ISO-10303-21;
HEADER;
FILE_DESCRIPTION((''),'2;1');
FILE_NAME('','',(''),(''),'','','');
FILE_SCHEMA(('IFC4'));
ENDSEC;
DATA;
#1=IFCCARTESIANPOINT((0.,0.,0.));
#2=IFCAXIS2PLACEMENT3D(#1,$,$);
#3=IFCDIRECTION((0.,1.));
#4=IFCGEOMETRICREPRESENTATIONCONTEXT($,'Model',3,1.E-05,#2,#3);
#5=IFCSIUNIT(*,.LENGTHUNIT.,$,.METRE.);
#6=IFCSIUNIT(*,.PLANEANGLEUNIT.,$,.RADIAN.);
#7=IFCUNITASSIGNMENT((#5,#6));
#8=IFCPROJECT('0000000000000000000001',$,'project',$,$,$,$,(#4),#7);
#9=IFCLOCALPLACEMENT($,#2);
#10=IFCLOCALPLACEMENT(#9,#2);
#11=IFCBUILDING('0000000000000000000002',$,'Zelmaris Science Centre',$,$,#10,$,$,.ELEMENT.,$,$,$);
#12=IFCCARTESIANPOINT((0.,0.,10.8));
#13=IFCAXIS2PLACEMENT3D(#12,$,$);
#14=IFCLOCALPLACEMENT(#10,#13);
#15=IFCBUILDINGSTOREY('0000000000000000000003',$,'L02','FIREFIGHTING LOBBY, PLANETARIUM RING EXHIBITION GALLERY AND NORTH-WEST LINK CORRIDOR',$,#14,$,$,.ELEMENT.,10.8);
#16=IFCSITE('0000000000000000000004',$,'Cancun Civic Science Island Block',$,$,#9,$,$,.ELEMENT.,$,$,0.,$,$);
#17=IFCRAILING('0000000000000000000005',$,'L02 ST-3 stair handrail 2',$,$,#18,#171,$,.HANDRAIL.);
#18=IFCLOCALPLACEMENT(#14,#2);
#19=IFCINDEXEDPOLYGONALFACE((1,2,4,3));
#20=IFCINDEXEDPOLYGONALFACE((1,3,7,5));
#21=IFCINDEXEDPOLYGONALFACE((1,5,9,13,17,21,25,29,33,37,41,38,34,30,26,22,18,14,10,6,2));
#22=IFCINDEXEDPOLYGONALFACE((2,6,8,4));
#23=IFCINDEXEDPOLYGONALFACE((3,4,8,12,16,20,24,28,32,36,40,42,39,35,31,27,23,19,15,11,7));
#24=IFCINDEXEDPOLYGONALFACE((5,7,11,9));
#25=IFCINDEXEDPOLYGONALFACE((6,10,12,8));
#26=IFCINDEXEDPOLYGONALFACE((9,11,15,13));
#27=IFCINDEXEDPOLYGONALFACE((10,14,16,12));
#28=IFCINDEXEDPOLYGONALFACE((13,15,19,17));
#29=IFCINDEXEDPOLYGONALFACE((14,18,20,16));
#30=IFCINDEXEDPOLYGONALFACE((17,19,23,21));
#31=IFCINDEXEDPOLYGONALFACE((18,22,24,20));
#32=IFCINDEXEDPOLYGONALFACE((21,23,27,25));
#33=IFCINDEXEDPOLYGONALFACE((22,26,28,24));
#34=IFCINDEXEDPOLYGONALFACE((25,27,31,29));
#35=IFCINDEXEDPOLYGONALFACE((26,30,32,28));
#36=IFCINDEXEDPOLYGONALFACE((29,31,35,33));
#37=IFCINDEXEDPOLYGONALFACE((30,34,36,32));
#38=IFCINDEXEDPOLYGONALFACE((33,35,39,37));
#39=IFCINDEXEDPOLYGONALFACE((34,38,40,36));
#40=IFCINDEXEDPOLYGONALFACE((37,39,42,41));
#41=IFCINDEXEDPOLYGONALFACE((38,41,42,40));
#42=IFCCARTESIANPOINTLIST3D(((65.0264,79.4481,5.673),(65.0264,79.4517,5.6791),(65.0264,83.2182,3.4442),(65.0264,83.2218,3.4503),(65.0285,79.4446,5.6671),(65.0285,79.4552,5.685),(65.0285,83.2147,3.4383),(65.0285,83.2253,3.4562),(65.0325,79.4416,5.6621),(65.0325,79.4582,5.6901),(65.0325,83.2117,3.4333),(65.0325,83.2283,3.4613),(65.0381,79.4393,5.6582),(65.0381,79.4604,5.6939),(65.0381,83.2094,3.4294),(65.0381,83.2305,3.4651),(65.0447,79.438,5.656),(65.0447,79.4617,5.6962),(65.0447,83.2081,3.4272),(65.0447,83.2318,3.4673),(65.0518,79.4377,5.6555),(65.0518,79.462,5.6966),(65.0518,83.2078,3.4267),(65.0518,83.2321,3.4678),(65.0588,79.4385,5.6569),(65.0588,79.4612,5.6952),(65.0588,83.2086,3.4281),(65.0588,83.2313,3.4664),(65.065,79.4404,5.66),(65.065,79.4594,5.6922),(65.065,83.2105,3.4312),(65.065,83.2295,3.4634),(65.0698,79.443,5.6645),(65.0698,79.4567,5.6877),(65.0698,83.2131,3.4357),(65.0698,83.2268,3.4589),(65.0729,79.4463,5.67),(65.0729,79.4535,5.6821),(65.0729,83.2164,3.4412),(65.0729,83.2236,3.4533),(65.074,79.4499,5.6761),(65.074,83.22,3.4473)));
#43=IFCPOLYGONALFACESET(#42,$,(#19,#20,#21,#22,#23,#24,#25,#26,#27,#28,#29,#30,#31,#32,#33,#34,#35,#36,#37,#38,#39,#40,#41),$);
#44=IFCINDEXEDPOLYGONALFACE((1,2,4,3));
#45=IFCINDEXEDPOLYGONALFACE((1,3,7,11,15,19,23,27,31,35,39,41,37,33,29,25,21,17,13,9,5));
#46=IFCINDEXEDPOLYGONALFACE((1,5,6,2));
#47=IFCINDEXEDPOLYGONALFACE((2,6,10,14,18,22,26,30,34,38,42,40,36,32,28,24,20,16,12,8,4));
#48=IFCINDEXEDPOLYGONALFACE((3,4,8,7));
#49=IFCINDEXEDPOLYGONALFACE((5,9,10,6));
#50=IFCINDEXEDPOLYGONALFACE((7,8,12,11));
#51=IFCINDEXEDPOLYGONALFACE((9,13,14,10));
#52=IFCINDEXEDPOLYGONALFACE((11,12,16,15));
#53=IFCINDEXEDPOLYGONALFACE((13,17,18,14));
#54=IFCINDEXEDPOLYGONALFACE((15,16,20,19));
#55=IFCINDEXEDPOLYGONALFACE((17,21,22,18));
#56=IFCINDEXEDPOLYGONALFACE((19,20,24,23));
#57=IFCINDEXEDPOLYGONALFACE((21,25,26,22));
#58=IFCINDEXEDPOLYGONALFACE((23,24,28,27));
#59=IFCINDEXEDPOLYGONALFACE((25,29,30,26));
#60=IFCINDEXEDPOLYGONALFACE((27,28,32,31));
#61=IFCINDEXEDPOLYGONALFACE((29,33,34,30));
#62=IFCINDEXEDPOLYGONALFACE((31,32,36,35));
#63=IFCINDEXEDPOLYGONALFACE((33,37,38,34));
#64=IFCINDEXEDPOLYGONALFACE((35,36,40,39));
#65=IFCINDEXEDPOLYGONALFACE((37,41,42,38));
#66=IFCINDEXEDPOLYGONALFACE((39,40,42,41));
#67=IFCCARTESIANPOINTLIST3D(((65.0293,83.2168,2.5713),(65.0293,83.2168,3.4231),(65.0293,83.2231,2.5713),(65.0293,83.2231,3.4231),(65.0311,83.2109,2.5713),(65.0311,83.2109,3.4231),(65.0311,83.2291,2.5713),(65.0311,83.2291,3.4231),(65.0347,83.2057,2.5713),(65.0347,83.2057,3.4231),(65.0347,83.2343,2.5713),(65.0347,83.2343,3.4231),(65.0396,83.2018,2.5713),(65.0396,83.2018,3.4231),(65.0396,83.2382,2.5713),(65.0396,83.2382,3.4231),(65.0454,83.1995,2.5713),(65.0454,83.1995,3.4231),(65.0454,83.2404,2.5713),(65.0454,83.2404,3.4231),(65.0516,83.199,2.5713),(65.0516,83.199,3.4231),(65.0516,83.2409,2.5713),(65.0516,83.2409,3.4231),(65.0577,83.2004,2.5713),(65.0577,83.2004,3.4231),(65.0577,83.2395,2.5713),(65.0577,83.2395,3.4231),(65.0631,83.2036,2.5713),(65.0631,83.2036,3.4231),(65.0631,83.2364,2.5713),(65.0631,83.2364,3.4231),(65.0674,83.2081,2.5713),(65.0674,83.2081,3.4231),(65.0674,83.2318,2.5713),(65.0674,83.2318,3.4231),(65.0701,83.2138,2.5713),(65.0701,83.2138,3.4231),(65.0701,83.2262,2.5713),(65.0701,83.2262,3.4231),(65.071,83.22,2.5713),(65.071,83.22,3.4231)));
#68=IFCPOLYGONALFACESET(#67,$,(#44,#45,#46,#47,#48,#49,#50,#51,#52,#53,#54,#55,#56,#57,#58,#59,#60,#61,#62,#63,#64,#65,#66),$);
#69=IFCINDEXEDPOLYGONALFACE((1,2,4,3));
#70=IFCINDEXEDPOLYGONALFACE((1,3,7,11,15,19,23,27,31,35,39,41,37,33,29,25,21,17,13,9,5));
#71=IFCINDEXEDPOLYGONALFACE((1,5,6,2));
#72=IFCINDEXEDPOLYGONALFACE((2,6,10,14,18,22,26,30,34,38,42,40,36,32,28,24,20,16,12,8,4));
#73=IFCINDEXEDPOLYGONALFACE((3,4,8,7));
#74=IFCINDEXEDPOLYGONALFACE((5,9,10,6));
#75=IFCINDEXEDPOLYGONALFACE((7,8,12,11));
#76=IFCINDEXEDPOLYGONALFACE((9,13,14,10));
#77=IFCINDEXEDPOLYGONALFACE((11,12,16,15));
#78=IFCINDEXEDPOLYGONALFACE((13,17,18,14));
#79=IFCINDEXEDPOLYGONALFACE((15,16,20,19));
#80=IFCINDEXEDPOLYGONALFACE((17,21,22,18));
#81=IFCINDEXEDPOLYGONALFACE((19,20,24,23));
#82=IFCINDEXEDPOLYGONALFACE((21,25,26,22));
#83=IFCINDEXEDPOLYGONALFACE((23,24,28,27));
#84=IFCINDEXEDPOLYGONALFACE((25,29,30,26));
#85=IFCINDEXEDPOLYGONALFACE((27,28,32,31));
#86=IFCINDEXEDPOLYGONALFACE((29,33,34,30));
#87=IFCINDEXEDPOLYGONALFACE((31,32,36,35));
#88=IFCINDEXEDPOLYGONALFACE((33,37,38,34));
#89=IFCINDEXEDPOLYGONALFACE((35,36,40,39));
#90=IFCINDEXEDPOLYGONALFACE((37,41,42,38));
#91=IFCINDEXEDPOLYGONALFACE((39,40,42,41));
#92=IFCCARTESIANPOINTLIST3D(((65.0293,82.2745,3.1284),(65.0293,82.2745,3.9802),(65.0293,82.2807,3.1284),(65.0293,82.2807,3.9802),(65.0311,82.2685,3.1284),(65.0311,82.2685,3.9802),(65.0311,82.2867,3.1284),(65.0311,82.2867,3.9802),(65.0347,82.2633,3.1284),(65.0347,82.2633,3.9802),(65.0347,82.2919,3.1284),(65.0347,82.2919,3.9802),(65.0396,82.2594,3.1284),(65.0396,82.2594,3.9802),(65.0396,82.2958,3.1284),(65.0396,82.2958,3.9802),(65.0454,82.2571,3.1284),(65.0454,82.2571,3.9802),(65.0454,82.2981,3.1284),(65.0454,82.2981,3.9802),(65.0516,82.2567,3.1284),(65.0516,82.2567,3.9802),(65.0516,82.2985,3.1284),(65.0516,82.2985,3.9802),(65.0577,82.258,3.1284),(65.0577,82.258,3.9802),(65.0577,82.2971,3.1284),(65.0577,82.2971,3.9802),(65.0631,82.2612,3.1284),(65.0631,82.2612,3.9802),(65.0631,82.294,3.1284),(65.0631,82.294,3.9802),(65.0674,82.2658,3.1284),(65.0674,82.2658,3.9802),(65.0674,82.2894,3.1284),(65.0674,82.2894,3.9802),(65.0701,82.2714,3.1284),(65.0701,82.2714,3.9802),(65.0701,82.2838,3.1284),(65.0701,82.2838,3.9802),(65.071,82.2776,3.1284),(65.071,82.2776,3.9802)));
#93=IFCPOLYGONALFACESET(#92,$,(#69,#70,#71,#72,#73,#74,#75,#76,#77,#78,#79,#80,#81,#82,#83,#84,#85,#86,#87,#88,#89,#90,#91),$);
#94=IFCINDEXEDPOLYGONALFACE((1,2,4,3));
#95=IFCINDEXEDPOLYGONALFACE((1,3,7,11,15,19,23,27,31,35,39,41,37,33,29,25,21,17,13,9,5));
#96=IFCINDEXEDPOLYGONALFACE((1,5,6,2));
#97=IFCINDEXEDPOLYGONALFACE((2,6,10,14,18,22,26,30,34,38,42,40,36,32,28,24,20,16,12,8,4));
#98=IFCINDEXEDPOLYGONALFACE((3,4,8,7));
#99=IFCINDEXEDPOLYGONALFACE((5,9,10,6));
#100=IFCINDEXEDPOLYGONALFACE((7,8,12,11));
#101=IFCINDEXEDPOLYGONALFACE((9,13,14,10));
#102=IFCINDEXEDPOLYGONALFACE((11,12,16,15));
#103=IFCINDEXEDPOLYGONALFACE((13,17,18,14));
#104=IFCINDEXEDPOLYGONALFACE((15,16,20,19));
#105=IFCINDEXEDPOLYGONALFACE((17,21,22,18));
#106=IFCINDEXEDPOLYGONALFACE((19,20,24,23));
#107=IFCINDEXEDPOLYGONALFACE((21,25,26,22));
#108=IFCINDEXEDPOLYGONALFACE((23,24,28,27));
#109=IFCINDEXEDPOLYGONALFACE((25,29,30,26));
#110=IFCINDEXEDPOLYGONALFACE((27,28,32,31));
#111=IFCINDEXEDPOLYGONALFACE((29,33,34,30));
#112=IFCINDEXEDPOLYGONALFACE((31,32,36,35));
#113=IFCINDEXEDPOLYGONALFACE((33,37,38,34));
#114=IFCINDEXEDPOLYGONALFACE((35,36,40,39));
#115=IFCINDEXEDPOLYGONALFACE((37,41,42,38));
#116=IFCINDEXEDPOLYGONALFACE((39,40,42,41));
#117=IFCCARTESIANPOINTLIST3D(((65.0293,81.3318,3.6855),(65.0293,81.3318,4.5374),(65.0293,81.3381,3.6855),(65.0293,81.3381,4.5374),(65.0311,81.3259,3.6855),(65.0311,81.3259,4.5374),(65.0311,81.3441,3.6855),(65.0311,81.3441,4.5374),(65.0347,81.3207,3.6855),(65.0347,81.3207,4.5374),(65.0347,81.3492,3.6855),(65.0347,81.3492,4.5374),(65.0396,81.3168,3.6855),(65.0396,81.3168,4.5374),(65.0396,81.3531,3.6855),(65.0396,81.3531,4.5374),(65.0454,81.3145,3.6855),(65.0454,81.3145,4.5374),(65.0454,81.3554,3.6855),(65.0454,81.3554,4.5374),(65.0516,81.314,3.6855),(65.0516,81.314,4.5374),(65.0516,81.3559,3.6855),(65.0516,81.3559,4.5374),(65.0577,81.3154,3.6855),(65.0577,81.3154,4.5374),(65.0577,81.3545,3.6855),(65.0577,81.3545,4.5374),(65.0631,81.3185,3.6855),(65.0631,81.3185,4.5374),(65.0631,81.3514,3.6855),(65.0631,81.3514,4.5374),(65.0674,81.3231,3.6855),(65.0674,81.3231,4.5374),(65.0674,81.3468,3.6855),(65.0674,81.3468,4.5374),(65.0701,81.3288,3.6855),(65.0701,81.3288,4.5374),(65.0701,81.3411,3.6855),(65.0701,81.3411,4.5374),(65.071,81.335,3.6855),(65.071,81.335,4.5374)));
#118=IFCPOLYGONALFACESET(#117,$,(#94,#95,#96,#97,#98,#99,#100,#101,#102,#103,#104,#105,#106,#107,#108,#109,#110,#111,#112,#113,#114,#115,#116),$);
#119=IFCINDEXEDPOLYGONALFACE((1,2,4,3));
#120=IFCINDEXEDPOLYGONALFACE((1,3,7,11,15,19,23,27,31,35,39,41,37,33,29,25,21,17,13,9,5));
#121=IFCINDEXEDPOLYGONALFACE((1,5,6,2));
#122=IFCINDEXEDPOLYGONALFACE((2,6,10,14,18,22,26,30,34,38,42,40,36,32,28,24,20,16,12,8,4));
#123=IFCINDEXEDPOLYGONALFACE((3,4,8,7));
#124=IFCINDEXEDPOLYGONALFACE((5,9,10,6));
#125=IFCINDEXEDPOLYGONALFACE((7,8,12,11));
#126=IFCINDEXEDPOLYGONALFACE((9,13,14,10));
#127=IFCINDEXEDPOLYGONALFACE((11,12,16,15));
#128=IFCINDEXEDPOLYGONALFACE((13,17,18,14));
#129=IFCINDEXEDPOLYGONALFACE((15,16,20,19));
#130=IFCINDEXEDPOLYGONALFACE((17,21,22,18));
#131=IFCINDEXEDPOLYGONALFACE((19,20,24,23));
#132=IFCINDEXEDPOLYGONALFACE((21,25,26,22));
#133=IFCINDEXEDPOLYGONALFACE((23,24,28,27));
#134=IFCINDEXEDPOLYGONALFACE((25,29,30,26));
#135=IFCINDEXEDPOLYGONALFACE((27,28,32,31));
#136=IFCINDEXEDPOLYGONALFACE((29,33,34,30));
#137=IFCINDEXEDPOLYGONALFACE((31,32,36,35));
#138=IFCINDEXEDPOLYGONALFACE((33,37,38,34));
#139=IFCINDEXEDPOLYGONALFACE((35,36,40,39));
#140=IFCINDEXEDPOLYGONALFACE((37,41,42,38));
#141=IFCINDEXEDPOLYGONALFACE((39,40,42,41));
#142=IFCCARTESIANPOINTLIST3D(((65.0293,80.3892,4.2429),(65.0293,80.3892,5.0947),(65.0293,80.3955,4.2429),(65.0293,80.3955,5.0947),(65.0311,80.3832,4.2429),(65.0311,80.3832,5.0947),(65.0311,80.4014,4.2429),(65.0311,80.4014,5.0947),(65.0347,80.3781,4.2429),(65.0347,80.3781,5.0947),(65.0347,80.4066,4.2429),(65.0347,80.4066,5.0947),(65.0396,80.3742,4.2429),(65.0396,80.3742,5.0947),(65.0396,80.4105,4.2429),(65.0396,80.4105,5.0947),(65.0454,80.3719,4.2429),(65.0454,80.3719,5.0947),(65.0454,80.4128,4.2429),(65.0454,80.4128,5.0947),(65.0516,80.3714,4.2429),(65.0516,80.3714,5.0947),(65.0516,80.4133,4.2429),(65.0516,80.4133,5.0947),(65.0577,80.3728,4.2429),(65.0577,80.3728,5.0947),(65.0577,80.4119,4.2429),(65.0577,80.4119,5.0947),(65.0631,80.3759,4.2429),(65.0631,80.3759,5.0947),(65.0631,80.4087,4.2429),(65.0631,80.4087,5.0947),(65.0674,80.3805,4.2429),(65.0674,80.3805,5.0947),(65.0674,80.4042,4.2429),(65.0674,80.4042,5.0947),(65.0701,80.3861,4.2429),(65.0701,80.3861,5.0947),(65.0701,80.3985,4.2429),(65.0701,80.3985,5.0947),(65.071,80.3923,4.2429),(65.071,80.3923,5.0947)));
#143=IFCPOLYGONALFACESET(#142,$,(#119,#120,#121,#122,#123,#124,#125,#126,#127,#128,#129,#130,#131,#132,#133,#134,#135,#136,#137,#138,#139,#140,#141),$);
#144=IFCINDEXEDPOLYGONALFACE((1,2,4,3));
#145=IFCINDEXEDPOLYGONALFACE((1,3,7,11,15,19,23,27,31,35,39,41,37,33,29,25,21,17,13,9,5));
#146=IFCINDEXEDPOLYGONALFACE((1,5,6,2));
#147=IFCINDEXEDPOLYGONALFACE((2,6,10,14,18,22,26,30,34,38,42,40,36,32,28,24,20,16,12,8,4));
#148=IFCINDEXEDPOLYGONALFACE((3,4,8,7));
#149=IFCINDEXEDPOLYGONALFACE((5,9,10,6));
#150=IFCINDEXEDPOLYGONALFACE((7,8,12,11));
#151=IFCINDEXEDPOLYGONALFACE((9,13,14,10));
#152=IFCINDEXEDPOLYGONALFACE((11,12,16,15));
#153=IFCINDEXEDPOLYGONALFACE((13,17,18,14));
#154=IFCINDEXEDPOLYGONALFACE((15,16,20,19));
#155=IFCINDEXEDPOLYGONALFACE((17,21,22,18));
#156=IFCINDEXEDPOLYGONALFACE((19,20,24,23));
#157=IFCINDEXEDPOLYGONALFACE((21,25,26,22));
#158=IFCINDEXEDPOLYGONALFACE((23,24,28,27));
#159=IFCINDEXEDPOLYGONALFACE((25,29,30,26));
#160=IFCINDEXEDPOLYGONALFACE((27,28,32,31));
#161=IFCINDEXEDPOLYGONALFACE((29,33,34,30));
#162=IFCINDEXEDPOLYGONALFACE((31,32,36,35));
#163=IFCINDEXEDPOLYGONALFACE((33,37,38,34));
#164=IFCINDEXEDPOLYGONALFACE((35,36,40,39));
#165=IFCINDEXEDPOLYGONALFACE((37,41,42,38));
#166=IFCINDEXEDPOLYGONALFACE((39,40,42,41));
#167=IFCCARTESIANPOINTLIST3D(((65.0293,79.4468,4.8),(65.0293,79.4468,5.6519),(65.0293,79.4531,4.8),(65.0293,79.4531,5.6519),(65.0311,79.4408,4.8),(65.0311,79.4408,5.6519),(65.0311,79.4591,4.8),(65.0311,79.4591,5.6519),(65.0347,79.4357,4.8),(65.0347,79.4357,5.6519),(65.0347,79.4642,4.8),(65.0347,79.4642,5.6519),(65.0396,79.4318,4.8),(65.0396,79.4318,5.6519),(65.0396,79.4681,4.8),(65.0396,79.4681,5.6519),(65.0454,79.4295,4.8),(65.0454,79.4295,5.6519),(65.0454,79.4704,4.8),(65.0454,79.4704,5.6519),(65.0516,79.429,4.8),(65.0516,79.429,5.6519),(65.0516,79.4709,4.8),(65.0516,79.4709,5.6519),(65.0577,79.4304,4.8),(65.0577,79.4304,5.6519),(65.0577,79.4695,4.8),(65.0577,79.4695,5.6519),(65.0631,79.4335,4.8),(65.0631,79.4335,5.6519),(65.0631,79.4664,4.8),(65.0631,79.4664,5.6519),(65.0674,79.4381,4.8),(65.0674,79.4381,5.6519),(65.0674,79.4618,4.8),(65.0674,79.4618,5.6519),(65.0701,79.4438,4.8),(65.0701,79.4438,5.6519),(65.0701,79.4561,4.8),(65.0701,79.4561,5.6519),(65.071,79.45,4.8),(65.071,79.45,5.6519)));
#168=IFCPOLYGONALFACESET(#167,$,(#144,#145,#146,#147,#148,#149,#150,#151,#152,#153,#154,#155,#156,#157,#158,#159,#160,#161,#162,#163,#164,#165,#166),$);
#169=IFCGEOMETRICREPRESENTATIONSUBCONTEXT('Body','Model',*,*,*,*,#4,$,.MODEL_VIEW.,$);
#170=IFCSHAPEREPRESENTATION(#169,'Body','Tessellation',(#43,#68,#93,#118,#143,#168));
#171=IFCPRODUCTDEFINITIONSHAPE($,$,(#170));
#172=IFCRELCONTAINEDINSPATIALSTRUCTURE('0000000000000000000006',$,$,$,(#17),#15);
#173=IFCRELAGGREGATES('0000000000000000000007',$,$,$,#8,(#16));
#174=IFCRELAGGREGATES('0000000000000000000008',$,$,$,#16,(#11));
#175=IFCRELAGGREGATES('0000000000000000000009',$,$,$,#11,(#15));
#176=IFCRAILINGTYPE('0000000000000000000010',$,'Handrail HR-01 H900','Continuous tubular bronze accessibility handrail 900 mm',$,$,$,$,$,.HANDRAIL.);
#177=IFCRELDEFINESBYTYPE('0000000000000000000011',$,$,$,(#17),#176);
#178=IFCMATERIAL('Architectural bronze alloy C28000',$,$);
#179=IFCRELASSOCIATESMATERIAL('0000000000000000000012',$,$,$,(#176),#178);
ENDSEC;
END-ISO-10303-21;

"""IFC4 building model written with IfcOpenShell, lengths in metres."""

from ifc_helpers import new_model, si_unit, direction, frame, origin, origin_2d, place, context, subcontext, project, spatial, circle, extrude, material, type_object, element, save


model = new_model("IFC4")

# Units and contexts
model_context = context("Model", 3, precision=1e-05, world=origin(), true_north=direction((0.0, 1.0)))
body_context = subcontext(model_context, "Body", "Model", "MODEL_VIEW")
ifc_project = project(units=[si_unit("LENGTHUNIT", "METRE"), si_unit("PLANEANGLEUNIT", "RADIAN")], contexts=[model_context])

# Site, building, storey
site_placement = place(None, origin())
site = spatial("IfcSite", under=ifc_project, at=site_placement, Name="Cancun Civic Science Island Block", CompositionType="ELEMENT", RefElevation=0.0)
building_placement = place(site_placement, origin())
building = spatial("IfcBuilding", under=site, at=building_placement, Name="Zelmaris Science Centre", CompositionType="ELEMENT")
storey_placement = place(building_placement, frame((0.0, 0.0, 10.8)))
storey = spatial("IfcBuildingStorey", under=building, at=storey_placement, Name="L02", Description="FIREFIGHTING LOBBY, PLANETARIUM RING EXHIBITION GALLERY AND NORTH-WEST LINK CORRIDOR", CompositionType="ELEMENT", Elevation=10.8)

# Railing
ifc_material_1 = material(Name="Architectural bronze alloy C28000")
railing_type_1 = type_object("IfcRailingType", Name="Handrail HR-01 H900", Description="Continuous tubular bronze accessibility handrail 900 mm", PredefinedType="HANDRAIL", material=ifc_material_1)
railing_1_placement = place(storey_placement, frame((65.05, 83.22, 2.5713)))
element("IfcRailing", 1, at=railing_1_placement, inside=storey, type_object=railing_type_1, Name="L02 ST-3 stair handrail 2", PredefinedType="HANDRAIL", context=body_context, shape_type="SweptSolid", body=[
    extrude(circle(Radius=0.0239, at=origin_2d()), frame((0.0, 0.0, 0.876), z_axis=(0.0, -0.860824, 0.508902), x_axis=(1.0, 0.0, 0.0)), (0.0, 0.0, 1.0), 4.3796),
    extrude(circle(Radius=0.021, at=origin_2d()), origin(), (0.0, 0.0, 1.0), 0.8518),
    extrude(circle(Radius=0.021, at=origin_2d()), frame((0.0, -0.9424, 0.5571)), (0.0, 0.0, 1.0), 0.8518),
    extrude(circle(Radius=0.021, at=origin_2d()), frame((0.0, -1.885, 1.1143)), (0.0, 0.0, 1.0), 0.8518),
    extrude(circle(Radius=0.021, at=origin_2d()), frame((0.0, -2.8276, 1.6716)), (0.0, 0.0, 1.0), 0.8518),
    extrude(circle(Radius=0.021, at=origin_2d()), frame((0.0, -3.77, 2.2288)), (0.0, 0.0, 1.0), 0.8518),
])

save(model, "model.ifc")
